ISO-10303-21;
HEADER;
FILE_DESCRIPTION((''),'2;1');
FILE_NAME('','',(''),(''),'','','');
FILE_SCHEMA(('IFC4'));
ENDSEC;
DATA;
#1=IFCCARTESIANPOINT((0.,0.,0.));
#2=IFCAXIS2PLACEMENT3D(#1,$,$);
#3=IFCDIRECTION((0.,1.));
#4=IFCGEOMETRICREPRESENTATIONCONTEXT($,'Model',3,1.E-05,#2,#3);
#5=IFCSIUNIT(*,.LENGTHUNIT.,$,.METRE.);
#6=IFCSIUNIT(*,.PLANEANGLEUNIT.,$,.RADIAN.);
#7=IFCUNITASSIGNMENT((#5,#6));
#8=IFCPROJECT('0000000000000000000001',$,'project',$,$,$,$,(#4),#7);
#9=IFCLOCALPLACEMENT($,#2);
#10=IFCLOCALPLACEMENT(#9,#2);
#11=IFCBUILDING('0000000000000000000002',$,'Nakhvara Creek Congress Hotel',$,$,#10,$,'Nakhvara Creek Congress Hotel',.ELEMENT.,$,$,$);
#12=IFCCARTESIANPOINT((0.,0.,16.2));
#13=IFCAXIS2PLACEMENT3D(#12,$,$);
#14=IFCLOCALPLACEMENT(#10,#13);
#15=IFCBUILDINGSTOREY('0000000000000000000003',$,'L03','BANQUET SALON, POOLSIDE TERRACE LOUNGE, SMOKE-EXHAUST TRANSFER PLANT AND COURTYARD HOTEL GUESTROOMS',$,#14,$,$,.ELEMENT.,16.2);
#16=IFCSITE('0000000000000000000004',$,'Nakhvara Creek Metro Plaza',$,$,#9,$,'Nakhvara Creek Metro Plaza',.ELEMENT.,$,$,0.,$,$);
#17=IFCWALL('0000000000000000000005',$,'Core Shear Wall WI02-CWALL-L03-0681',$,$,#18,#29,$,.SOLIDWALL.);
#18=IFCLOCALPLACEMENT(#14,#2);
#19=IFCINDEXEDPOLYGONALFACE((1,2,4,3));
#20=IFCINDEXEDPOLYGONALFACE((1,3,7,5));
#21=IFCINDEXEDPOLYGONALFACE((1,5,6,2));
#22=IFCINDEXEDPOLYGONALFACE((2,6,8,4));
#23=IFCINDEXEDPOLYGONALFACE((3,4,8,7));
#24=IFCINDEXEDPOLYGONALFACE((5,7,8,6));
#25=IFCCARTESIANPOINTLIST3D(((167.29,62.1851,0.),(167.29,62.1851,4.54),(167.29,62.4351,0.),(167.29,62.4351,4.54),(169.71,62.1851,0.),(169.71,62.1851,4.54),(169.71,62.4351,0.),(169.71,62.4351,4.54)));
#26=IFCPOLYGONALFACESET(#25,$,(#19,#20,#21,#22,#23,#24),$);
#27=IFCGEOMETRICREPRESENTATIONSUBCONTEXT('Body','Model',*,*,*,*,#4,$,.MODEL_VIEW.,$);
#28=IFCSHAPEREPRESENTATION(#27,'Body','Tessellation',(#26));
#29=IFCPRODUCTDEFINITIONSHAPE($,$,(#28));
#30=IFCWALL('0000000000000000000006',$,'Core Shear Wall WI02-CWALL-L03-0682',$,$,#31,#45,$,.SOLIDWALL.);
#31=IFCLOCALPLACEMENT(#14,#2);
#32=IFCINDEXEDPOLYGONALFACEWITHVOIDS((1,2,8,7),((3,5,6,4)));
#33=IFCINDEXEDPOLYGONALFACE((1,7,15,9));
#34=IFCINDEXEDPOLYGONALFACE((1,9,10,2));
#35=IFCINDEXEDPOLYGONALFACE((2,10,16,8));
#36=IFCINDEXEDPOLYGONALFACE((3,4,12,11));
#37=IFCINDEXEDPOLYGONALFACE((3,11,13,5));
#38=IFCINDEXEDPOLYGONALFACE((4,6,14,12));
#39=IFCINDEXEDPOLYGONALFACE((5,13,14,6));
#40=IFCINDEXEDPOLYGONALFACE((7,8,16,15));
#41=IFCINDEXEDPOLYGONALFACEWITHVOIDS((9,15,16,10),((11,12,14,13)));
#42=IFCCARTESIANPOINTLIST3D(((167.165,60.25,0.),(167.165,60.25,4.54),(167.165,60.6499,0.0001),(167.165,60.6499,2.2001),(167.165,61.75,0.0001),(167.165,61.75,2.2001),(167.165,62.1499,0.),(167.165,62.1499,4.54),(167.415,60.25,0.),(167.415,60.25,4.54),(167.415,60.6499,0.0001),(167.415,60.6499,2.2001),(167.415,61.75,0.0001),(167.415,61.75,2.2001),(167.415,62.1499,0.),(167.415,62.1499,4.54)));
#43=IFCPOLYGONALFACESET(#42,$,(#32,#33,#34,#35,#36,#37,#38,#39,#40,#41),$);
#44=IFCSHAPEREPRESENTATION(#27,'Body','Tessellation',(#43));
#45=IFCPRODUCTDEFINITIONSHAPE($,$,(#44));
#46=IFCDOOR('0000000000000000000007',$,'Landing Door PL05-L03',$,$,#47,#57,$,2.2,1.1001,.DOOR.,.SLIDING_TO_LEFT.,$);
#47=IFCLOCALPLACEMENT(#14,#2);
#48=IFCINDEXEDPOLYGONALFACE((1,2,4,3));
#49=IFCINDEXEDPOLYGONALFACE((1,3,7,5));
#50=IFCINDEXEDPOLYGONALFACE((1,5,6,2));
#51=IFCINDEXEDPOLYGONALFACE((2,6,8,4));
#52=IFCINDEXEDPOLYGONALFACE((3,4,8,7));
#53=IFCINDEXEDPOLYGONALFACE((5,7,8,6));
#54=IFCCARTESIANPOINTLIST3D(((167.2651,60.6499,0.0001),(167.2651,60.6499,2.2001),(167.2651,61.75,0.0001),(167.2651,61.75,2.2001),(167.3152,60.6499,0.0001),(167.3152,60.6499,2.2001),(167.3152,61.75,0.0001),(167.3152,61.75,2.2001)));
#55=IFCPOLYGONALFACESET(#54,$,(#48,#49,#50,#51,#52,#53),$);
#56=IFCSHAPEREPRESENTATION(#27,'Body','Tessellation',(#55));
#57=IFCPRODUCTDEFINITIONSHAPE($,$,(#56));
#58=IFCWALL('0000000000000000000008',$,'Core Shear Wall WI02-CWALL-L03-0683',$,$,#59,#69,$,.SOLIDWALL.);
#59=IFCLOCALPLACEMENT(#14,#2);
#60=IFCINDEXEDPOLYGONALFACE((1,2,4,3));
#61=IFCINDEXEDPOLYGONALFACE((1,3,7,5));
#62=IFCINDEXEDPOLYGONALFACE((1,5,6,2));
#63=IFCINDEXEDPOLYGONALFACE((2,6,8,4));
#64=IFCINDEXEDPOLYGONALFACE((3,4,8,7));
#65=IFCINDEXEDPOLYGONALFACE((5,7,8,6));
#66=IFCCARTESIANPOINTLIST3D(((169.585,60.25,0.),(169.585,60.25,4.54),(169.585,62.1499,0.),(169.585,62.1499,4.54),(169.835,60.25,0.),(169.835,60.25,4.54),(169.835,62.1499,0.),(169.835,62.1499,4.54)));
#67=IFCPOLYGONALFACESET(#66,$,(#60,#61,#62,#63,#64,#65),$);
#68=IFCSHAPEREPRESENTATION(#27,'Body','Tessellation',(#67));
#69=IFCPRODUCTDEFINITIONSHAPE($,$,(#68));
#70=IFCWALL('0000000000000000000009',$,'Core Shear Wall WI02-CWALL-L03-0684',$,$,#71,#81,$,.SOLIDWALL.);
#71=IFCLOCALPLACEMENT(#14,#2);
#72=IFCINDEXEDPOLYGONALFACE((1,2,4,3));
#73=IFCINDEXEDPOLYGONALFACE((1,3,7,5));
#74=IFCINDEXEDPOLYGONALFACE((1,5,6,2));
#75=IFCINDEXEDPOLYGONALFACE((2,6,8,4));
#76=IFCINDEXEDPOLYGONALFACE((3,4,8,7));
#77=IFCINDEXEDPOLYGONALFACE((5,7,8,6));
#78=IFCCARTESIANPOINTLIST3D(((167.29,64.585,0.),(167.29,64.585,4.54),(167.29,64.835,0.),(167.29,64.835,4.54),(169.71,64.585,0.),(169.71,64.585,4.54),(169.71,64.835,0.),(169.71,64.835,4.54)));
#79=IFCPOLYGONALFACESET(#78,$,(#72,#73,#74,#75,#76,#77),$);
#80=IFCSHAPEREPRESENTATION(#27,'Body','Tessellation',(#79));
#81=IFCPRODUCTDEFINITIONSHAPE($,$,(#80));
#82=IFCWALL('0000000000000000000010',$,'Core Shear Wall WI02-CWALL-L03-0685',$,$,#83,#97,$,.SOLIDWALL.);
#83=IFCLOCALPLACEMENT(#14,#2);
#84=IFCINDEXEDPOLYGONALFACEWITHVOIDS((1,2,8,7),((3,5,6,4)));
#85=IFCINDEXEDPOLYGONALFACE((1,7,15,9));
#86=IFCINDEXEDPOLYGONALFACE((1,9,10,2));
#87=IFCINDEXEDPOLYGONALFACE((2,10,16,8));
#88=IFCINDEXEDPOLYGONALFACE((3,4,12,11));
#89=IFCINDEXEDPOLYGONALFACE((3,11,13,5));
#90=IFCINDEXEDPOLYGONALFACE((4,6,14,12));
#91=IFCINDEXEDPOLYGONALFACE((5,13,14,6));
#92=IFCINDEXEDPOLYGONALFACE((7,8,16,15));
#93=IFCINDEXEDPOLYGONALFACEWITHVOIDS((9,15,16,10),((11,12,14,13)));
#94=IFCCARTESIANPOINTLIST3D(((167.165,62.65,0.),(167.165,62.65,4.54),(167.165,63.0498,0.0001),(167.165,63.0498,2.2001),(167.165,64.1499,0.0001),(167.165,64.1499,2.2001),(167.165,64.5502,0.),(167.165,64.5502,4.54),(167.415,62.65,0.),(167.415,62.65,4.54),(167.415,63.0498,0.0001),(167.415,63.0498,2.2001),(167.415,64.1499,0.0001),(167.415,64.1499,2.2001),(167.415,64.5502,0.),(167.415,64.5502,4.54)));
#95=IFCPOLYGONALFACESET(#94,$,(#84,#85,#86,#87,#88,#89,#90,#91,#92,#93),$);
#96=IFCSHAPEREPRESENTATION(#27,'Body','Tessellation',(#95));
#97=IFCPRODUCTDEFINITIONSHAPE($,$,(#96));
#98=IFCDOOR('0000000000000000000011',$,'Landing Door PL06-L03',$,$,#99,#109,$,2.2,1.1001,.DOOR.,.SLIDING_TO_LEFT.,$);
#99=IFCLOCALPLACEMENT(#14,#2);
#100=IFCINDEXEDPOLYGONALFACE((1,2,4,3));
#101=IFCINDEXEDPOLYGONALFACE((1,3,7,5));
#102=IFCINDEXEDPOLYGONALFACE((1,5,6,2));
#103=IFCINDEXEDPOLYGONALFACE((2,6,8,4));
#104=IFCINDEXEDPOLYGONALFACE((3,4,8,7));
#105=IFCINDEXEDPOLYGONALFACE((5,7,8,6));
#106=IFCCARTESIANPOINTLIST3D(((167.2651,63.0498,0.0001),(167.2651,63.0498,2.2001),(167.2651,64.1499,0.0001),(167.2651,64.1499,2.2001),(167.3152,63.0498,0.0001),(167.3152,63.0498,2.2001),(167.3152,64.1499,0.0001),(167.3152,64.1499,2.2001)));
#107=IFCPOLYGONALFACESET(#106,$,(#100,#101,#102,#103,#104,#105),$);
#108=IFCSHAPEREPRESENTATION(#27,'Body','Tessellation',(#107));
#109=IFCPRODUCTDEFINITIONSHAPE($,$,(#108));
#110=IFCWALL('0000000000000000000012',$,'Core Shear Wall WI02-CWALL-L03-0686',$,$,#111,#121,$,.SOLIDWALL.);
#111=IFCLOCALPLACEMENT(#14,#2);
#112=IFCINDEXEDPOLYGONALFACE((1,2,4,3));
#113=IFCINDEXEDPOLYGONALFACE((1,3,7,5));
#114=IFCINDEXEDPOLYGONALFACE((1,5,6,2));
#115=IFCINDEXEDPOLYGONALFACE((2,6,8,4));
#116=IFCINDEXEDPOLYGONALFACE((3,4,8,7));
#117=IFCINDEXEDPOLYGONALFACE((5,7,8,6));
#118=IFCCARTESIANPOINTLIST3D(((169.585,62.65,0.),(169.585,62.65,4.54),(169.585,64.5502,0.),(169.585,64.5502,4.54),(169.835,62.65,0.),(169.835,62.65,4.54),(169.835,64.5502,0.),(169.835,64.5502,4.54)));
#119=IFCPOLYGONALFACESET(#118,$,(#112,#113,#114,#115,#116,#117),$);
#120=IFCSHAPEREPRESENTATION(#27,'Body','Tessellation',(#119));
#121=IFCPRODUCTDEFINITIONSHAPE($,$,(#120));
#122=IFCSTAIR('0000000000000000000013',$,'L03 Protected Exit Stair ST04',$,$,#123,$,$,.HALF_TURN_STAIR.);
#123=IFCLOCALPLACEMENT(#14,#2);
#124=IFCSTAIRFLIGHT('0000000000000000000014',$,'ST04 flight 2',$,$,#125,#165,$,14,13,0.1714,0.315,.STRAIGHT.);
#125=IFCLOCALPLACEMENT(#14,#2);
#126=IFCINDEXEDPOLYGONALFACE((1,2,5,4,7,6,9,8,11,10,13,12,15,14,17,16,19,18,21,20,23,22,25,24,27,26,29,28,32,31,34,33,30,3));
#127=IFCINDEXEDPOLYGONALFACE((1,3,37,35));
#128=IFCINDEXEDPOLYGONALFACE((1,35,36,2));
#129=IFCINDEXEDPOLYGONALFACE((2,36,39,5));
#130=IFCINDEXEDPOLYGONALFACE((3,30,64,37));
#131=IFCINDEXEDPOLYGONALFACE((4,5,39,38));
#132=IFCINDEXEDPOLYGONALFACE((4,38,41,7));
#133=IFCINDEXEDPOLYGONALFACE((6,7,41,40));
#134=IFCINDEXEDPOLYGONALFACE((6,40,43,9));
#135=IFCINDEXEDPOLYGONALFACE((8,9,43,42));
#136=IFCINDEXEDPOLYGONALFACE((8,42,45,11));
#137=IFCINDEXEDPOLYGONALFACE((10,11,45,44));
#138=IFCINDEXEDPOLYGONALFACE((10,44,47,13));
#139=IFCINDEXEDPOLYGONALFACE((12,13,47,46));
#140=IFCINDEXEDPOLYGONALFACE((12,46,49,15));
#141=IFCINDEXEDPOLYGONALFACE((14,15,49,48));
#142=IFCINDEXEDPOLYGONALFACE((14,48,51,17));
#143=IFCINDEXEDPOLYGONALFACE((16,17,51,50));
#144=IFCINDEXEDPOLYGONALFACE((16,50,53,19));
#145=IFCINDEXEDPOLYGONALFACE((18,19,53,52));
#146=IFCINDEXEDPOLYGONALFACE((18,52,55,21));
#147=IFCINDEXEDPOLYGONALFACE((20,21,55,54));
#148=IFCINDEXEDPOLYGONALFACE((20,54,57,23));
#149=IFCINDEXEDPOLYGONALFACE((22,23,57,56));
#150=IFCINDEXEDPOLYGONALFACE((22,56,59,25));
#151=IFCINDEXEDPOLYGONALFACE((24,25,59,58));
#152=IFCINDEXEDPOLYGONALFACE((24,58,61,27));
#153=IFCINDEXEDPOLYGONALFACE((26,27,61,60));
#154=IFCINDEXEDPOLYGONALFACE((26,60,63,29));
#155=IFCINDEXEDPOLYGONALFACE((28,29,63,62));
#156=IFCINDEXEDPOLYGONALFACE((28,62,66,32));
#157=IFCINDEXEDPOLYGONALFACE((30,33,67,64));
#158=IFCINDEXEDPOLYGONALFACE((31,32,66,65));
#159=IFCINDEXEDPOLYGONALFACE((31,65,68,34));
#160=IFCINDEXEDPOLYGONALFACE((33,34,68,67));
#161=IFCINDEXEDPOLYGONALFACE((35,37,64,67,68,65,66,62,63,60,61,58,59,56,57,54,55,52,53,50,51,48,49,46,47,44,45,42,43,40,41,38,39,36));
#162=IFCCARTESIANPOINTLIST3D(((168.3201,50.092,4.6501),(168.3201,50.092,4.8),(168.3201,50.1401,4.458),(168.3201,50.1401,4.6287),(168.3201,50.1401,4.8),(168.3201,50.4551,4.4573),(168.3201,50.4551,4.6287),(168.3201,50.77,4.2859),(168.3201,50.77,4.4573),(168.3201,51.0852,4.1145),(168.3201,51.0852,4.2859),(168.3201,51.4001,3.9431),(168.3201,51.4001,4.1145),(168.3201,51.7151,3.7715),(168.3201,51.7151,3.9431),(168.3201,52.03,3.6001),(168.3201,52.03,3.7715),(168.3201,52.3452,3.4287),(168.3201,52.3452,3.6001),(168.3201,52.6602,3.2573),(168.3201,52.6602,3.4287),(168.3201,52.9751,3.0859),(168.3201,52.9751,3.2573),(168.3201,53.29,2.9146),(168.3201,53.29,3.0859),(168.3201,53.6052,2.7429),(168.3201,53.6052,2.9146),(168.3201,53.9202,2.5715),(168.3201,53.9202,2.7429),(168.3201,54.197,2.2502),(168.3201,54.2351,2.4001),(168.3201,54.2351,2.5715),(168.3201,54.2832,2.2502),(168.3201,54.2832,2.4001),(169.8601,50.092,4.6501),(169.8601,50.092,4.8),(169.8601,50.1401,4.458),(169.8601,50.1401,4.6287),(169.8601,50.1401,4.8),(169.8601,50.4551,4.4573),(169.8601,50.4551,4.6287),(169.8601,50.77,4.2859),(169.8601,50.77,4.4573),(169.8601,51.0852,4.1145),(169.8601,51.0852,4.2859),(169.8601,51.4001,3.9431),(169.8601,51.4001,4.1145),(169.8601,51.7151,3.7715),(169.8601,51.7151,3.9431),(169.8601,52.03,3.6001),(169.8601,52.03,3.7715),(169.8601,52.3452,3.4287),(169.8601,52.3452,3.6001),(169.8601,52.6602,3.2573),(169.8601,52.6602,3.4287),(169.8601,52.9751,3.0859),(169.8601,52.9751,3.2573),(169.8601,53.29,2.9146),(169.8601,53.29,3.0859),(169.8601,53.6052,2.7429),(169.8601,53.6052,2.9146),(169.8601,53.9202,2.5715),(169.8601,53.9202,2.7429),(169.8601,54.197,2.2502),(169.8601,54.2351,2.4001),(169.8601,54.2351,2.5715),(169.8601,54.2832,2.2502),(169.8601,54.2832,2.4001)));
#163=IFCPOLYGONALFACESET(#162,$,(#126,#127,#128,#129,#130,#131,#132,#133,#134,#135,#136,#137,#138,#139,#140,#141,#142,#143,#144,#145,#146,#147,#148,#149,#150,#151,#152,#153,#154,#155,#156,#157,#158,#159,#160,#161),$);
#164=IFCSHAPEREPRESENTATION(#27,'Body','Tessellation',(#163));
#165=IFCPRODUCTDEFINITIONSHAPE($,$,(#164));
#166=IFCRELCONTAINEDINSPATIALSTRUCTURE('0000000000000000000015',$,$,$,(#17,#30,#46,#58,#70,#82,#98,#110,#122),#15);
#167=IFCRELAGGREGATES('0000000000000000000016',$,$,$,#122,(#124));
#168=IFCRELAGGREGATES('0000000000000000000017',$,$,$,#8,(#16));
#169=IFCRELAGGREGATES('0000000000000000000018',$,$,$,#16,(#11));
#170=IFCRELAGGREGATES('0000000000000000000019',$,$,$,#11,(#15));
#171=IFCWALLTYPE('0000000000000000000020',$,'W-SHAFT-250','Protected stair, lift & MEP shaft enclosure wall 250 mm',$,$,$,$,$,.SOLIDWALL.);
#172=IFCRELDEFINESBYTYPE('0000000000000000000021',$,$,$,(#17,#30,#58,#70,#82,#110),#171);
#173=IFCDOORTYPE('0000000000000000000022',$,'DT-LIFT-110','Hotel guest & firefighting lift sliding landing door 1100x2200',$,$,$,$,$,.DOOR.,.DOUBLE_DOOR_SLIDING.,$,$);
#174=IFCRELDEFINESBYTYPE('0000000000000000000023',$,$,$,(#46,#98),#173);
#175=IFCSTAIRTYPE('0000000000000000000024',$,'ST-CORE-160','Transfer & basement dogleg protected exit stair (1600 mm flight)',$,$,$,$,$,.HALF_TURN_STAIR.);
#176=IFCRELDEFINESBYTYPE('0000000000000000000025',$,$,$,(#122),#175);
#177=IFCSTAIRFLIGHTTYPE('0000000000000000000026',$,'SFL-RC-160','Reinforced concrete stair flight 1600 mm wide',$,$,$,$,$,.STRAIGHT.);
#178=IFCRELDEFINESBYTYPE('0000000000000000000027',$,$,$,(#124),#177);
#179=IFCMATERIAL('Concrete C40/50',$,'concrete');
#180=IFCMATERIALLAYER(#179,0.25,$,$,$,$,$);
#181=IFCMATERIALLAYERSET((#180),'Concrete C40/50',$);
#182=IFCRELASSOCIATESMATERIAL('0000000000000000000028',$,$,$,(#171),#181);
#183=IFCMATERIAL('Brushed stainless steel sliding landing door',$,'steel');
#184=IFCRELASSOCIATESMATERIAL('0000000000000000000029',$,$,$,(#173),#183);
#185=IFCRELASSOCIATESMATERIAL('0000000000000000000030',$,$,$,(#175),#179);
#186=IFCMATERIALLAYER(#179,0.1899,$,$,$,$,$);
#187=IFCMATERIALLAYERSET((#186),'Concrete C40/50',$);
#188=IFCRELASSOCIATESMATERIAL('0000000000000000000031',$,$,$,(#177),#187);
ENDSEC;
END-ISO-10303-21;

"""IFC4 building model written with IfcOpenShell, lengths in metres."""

from ifc_helpers import new_model, si_unit, direction, frame, frame_2d, origin, place, context, subcontext, project, spatial, polyline, rectangle, outline, extrude, material, layer, layer_set, type_object, element, fill, aggregate, save


model = new_model("IFC4")

# Units and contexts
model_context = context("Model", 3, precision=1e-05, world=origin(), true_north=direction((0.0, 1.0)))
body_context = subcontext(model_context, "Body", "Model", "MODEL_VIEW")
ifc_project = project(units=[si_unit("LENGTHUNIT", "METRE"), si_unit("PLANEANGLEUNIT", "RADIAN")], contexts=[model_context])

# Site, building, storey
site_placement = place(None, origin())
site = spatial("IfcSite", under=ifc_project, at=site_placement, Name="Nakhvara Creek Metro Plaza", LongName="Nakhvara Creek Metro Plaza", CompositionType="ELEMENT", RefElevation=0.0)
building_placement = place(site_placement, origin())
building = spatial("IfcBuilding", under=site, at=building_placement, Name="Nakhvara Creek Congress Hotel", LongName="Nakhvara Creek Congress Hotel", CompositionType="ELEMENT")
storey_placement = place(building_placement, frame((0.0, 0.0, 16.2)))
storey = spatial("IfcBuildingStorey", under=building, at=storey_placement, Name="L03", Description="BANQUET SALON, POOLSIDE TERRACE LOUNGE, SMOKE-EXHAUST TRANSFER PLANT AND COURTYARD HOTEL GUESTROOMS", CompositionType="ELEMENT", Elevation=16.2)

# Shared definitions
ifc_material_1 = material(Name="Concrete C40/50", Category="concrete")

# Wall
ifc_layer_1 = layer(ifc_material_1, 0.25)
ifc_layer_set_1 = layer_set([ifc_layer_1], Name="Concrete C40/50")
wall_type_1 = type_object("IfcWallType", Name="W-SHAFT-250", Description="Protected stair, lift & MEP shaft enclosure wall 250 mm", PredefinedType="SOLIDWALL", material=ifc_layer_set_1)
for number, where, z_axis, x_axis, name in (
    (1, (167.29, 62.3101, 0.0), (0.0, 0.0, 1.0), (1.0, 0.0, 0.0), "Core Shear Wall WI02-CWALL-L03-0681"),
):
    element("IfcWall", number, at=place(storey_placement, frame(where, z_axis=z_axis, x_axis=x_axis)), inside=storey, type_object=wall_type_1, Name=name, PredefinedType="SOLIDWALL", context=body_context, shape_type="SweptSolid", body=[
        extrude(rectangle(XDim=2.4199, YDim=0.25, at=frame_2d((1.21, 0.0))), origin(), (0.0, 0.0, 1.0), 4.54),
    ])

# Wall, opening, door
wall_1_placement = place(storey_placement, frame((167.29, 60.25, 0.0), z_axis=(0.0, 0.0, 1.0), x_axis=(0.0, 1.0, 0.0)))
wall_1 = element("IfcWall", 2, at=wall_1_placement, inside=storey, type_object=wall_type_1, Name="Core Shear Wall WI02-CWALL-L03-0682", PredefinedType="SOLIDWALL", context=body_context, shape_type="SweptSolid", body=[
    extrude(rectangle(XDim=1.8999, YDim=0.25, at=frame_2d((0.95, 0.0))), origin(), (0.0, 0.0, 1.0), 4.54),
])
opening_1_placement = place(wall_1_placement, frame((0.3999, 0.0, 0.0)))
opening_1 = element("IfcOpeningElement", 3, at=opening_1_placement, cuts=wall_1, PredefinedType="OPENING", context=body_context, shape_type="SweptSolid", body=[
    extrude(rectangle(XDim=1.1001, YDim=2.2, at=frame_2d((0.55, 1.1001))), frame((0.0, 0.137, 0.0), z_axis=(0.0, -1.0, 0.0), x_axis=(1.0, 0.0, 0.0)), (0.0, 0.0, 1.0), 0.2739),
])
ifc_material_2 = material(Name="Brushed stainless steel sliding landing door", Category="steel")
door_type_1 = type_object("IfcDoorType", Name="DT-LIFT-110", Description="Hotel guest & firefighting lift sliding landing door 1100x2200", OperationType="DOUBLE_DOOR_SLIDING", PredefinedType="DOOR", material=ifc_material_2)
door_1_placement = place(opening_1_placement, origin())
door_1 = element("IfcDoor", 4, at=door_1_placement, inside=storey, type_object=door_type_1, Name="Landing Door PL05-L03", OperationType="SLIDING_TO_LEFT", OverallHeight=2.2, OverallWidth=1.1001, PredefinedType="DOOR", context=body_context, shape_type="SweptSolid", body=[
    extrude(rectangle(XDim=1.1001, YDim=2.2, at=frame_2d((0.55, 1.1001))), frame((0.0, 0.0249, 0.0), z_axis=(0.0, -1.0, 0.0), x_axis=(1.0, 0.0, 0.0)), (0.0, 0.0, 1.0), 0.05),
])
fill(opening_1, door_1)

# Walls
wall_2_placement = place(storey_placement, frame((169.71, 60.25, 0.0), z_axis=(0.0, 0.0, 1.0), x_axis=(0.0, 1.0, 0.0)))
element("IfcWall", 5, at=wall_2_placement, inside=storey, type_object=wall_type_1, Name="Core Shear Wall WI02-CWALL-L03-0683", PredefinedType="SOLIDWALL", context=body_context, shape_type="SweptSolid", body=[
    extrude(rectangle(XDim=1.8999, YDim=0.25, at=frame_2d((0.95, 0.0))), origin(), (0.0, 0.0, 1.0), 4.54),
])
wall_3_placement = place(storey_placement, frame((167.29, 64.71, 0.0), z_axis=(0.0, 0.0, 1.0), x_axis=(1.0, 0.0, 0.0)))
element("IfcWall", 6, at=wall_3_placement, inside=storey, type_object=wall_type_1, Name="Core Shear Wall WI02-CWALL-L03-0684", PredefinedType="SOLIDWALL", context=body_context, shape_type="SweptSolid", body=[
    extrude(rectangle(XDim=2.4199, YDim=0.25, at=frame_2d((1.21, 0.0))), origin(), (0.0, 0.0, 1.0), 4.54),
])

# Wall, opening, door
wall_4_placement = place(storey_placement, frame((167.29, 62.6499, 0.0), z_axis=(0.0, 0.0, 1.0), x_axis=(0.0, 1.0, 0.0)))
wall_4 = element("IfcWall", 7, at=wall_4_placement, inside=storey, type_object=wall_type_1, Name="Core Shear Wall WI02-CWALL-L03-0685", PredefinedType="SOLIDWALL", context=body_context, shape_type="SweptSolid", body=[
    extrude(rectangle(XDim=1.9001, YDim=0.25, at=frame_2d((0.9502, 0.0))), origin(), (0.0, 0.0, 1.0), 4.54),
])
opening_2_placement = place(wall_4_placement, frame((0.3999, 0.0, 0.0)))
opening_2 = element("IfcOpeningElement", 8, at=opening_2_placement, cuts=wall_4, PredefinedType="OPENING", context=body_context, shape_type="SweptSolid", body=[
    extrude(rectangle(XDim=1.1001, YDim=2.2, at=frame_2d((0.55, 1.1001))), frame((0.0, 0.137, 0.0), z_axis=(0.0, -1.0, 0.0), x_axis=(1.0, 0.0, 0.0)), (0.0, 0.0, 1.0), 0.2739),
])
door_2_placement = place(opening_2_placement, origin())
door_2 = element("IfcDoor", 9, at=door_2_placement, inside=storey, type_object=door_type_1, Name="Landing Door PL06-L03", OperationType="SLIDING_TO_LEFT", OverallHeight=2.2, OverallWidth=1.1001, PredefinedType="DOOR", context=body_context, shape_type="SweptSolid", body=[
    extrude(rectangle(XDim=1.1001, YDim=2.2, at=frame_2d((0.55, 1.1001))), frame((0.0, 0.0249, 0.0), z_axis=(0.0, -1.0, 0.0), x_axis=(1.0, 0.0, 0.0)), (0.0, 0.0, 1.0), 0.05),
])
fill(opening_2, door_2)

# Wall
wall_5_placement = place(storey_placement, frame((169.71, 62.6499, 0.0), z_axis=(0.0, 0.0, 1.0), x_axis=(0.0, 1.0, 0.0)))
element("IfcWall", 10, at=wall_5_placement, inside=storey, type_object=wall_type_1, Name="Core Shear Wall WI02-CWALL-L03-0686", PredefinedType="SOLIDWALL", context=body_context, shape_type="SweptSolid", body=[
    extrude(rectangle(XDim=1.9001, YDim=0.25, at=frame_2d((0.9502, 0.0))), origin(), (0.0, 0.0, 1.0), 4.54),
])

# Stair, stair flight
stair_type = type_object("IfcStairType", Name="ST-CORE-160", Description="Transfer & basement dogleg protected exit stair (1600 mm flight)", PredefinedType="HALF_TURN_STAIR", material=ifc_material_1)
stair_placement = place(storey_placement, origin())
stair = element("IfcStair", 11, at=stair_placement, inside=storey, type_object=stair_type, Name="L03 Protected Exit Stair ST04", PredefinedType="HALF_TURN_STAIR")
ifc_layer_2 = layer(ifc_material_1, 0.1899)
ifc_layer_set_2 = layer_set([ifc_layer_2], Name="Concrete C40/50")
stair_flight_type = type_object("IfcStairFlightType", Name="SFL-RC-160", Description="Reinforced concrete stair flight 1600 mm wide", PredefinedType="STRAIGHT", material=ifc_layer_set_2)
stair_flight_placement = place(storey_placement, frame((169.0901, 54.2351, 2.4001), z_axis=(0.0, 0.0, 1.0), x_axis=(0.0, -1.0, 0.0)))
stair_flight = element("IfcStairFlight", 12, at=stair_flight_placement, type_object=stair_flight_type, Name="ST04 flight 2", NumberOfRisers=14, NumberOfTreads=13, PredefinedType="STRAIGHT", RiserHeight=0.1714, TreadLength=0.315, context=body_context, shape_type="SweptSolid", body=[
    extrude(outline(polyline([(-0.0481, 0.0), (0.0, 0.0), (0.0, 0.1714), (0.3149, 0.1714), (0.3149, 0.3428), (0.6299, 0.3428), (0.6299, 0.5144), (0.9451, 0.5144), (0.9451, 0.6858), (1.26, 0.6858), (1.26, 0.8572), (1.575, 0.8572), (1.575, 1.0286), (1.8899, 1.0286), (1.8899, 1.2), (2.2051, 1.2), (2.2051, 1.3713), (2.52, 1.3713), (2.52, 1.543), (2.835, 1.543), (2.835, 1.7144), (3.1499, 1.7144), (3.1499, 1.8857), (3.4651, 1.8857), (3.4651, 2.0571), (3.78, 2.0571), (3.78, 2.2285), (4.095, 2.2285), (4.095, 2.3999), (4.1431, 2.3999), (4.1431, 2.25), (4.095, 2.0579), (0.0381, -0.1499), (-0.0481, -0.1499), (-0.0481, 0.0)])), frame((0.0, 0.77, 0.0), z_axis=(0.0, -1.0, 0.0), x_axis=(1.0, 0.0, 0.0)), (0.0, 0.0, 1.0), 1.54),
])
aggregate(stair, [stair_flight])

save(model, "model.ifc")
